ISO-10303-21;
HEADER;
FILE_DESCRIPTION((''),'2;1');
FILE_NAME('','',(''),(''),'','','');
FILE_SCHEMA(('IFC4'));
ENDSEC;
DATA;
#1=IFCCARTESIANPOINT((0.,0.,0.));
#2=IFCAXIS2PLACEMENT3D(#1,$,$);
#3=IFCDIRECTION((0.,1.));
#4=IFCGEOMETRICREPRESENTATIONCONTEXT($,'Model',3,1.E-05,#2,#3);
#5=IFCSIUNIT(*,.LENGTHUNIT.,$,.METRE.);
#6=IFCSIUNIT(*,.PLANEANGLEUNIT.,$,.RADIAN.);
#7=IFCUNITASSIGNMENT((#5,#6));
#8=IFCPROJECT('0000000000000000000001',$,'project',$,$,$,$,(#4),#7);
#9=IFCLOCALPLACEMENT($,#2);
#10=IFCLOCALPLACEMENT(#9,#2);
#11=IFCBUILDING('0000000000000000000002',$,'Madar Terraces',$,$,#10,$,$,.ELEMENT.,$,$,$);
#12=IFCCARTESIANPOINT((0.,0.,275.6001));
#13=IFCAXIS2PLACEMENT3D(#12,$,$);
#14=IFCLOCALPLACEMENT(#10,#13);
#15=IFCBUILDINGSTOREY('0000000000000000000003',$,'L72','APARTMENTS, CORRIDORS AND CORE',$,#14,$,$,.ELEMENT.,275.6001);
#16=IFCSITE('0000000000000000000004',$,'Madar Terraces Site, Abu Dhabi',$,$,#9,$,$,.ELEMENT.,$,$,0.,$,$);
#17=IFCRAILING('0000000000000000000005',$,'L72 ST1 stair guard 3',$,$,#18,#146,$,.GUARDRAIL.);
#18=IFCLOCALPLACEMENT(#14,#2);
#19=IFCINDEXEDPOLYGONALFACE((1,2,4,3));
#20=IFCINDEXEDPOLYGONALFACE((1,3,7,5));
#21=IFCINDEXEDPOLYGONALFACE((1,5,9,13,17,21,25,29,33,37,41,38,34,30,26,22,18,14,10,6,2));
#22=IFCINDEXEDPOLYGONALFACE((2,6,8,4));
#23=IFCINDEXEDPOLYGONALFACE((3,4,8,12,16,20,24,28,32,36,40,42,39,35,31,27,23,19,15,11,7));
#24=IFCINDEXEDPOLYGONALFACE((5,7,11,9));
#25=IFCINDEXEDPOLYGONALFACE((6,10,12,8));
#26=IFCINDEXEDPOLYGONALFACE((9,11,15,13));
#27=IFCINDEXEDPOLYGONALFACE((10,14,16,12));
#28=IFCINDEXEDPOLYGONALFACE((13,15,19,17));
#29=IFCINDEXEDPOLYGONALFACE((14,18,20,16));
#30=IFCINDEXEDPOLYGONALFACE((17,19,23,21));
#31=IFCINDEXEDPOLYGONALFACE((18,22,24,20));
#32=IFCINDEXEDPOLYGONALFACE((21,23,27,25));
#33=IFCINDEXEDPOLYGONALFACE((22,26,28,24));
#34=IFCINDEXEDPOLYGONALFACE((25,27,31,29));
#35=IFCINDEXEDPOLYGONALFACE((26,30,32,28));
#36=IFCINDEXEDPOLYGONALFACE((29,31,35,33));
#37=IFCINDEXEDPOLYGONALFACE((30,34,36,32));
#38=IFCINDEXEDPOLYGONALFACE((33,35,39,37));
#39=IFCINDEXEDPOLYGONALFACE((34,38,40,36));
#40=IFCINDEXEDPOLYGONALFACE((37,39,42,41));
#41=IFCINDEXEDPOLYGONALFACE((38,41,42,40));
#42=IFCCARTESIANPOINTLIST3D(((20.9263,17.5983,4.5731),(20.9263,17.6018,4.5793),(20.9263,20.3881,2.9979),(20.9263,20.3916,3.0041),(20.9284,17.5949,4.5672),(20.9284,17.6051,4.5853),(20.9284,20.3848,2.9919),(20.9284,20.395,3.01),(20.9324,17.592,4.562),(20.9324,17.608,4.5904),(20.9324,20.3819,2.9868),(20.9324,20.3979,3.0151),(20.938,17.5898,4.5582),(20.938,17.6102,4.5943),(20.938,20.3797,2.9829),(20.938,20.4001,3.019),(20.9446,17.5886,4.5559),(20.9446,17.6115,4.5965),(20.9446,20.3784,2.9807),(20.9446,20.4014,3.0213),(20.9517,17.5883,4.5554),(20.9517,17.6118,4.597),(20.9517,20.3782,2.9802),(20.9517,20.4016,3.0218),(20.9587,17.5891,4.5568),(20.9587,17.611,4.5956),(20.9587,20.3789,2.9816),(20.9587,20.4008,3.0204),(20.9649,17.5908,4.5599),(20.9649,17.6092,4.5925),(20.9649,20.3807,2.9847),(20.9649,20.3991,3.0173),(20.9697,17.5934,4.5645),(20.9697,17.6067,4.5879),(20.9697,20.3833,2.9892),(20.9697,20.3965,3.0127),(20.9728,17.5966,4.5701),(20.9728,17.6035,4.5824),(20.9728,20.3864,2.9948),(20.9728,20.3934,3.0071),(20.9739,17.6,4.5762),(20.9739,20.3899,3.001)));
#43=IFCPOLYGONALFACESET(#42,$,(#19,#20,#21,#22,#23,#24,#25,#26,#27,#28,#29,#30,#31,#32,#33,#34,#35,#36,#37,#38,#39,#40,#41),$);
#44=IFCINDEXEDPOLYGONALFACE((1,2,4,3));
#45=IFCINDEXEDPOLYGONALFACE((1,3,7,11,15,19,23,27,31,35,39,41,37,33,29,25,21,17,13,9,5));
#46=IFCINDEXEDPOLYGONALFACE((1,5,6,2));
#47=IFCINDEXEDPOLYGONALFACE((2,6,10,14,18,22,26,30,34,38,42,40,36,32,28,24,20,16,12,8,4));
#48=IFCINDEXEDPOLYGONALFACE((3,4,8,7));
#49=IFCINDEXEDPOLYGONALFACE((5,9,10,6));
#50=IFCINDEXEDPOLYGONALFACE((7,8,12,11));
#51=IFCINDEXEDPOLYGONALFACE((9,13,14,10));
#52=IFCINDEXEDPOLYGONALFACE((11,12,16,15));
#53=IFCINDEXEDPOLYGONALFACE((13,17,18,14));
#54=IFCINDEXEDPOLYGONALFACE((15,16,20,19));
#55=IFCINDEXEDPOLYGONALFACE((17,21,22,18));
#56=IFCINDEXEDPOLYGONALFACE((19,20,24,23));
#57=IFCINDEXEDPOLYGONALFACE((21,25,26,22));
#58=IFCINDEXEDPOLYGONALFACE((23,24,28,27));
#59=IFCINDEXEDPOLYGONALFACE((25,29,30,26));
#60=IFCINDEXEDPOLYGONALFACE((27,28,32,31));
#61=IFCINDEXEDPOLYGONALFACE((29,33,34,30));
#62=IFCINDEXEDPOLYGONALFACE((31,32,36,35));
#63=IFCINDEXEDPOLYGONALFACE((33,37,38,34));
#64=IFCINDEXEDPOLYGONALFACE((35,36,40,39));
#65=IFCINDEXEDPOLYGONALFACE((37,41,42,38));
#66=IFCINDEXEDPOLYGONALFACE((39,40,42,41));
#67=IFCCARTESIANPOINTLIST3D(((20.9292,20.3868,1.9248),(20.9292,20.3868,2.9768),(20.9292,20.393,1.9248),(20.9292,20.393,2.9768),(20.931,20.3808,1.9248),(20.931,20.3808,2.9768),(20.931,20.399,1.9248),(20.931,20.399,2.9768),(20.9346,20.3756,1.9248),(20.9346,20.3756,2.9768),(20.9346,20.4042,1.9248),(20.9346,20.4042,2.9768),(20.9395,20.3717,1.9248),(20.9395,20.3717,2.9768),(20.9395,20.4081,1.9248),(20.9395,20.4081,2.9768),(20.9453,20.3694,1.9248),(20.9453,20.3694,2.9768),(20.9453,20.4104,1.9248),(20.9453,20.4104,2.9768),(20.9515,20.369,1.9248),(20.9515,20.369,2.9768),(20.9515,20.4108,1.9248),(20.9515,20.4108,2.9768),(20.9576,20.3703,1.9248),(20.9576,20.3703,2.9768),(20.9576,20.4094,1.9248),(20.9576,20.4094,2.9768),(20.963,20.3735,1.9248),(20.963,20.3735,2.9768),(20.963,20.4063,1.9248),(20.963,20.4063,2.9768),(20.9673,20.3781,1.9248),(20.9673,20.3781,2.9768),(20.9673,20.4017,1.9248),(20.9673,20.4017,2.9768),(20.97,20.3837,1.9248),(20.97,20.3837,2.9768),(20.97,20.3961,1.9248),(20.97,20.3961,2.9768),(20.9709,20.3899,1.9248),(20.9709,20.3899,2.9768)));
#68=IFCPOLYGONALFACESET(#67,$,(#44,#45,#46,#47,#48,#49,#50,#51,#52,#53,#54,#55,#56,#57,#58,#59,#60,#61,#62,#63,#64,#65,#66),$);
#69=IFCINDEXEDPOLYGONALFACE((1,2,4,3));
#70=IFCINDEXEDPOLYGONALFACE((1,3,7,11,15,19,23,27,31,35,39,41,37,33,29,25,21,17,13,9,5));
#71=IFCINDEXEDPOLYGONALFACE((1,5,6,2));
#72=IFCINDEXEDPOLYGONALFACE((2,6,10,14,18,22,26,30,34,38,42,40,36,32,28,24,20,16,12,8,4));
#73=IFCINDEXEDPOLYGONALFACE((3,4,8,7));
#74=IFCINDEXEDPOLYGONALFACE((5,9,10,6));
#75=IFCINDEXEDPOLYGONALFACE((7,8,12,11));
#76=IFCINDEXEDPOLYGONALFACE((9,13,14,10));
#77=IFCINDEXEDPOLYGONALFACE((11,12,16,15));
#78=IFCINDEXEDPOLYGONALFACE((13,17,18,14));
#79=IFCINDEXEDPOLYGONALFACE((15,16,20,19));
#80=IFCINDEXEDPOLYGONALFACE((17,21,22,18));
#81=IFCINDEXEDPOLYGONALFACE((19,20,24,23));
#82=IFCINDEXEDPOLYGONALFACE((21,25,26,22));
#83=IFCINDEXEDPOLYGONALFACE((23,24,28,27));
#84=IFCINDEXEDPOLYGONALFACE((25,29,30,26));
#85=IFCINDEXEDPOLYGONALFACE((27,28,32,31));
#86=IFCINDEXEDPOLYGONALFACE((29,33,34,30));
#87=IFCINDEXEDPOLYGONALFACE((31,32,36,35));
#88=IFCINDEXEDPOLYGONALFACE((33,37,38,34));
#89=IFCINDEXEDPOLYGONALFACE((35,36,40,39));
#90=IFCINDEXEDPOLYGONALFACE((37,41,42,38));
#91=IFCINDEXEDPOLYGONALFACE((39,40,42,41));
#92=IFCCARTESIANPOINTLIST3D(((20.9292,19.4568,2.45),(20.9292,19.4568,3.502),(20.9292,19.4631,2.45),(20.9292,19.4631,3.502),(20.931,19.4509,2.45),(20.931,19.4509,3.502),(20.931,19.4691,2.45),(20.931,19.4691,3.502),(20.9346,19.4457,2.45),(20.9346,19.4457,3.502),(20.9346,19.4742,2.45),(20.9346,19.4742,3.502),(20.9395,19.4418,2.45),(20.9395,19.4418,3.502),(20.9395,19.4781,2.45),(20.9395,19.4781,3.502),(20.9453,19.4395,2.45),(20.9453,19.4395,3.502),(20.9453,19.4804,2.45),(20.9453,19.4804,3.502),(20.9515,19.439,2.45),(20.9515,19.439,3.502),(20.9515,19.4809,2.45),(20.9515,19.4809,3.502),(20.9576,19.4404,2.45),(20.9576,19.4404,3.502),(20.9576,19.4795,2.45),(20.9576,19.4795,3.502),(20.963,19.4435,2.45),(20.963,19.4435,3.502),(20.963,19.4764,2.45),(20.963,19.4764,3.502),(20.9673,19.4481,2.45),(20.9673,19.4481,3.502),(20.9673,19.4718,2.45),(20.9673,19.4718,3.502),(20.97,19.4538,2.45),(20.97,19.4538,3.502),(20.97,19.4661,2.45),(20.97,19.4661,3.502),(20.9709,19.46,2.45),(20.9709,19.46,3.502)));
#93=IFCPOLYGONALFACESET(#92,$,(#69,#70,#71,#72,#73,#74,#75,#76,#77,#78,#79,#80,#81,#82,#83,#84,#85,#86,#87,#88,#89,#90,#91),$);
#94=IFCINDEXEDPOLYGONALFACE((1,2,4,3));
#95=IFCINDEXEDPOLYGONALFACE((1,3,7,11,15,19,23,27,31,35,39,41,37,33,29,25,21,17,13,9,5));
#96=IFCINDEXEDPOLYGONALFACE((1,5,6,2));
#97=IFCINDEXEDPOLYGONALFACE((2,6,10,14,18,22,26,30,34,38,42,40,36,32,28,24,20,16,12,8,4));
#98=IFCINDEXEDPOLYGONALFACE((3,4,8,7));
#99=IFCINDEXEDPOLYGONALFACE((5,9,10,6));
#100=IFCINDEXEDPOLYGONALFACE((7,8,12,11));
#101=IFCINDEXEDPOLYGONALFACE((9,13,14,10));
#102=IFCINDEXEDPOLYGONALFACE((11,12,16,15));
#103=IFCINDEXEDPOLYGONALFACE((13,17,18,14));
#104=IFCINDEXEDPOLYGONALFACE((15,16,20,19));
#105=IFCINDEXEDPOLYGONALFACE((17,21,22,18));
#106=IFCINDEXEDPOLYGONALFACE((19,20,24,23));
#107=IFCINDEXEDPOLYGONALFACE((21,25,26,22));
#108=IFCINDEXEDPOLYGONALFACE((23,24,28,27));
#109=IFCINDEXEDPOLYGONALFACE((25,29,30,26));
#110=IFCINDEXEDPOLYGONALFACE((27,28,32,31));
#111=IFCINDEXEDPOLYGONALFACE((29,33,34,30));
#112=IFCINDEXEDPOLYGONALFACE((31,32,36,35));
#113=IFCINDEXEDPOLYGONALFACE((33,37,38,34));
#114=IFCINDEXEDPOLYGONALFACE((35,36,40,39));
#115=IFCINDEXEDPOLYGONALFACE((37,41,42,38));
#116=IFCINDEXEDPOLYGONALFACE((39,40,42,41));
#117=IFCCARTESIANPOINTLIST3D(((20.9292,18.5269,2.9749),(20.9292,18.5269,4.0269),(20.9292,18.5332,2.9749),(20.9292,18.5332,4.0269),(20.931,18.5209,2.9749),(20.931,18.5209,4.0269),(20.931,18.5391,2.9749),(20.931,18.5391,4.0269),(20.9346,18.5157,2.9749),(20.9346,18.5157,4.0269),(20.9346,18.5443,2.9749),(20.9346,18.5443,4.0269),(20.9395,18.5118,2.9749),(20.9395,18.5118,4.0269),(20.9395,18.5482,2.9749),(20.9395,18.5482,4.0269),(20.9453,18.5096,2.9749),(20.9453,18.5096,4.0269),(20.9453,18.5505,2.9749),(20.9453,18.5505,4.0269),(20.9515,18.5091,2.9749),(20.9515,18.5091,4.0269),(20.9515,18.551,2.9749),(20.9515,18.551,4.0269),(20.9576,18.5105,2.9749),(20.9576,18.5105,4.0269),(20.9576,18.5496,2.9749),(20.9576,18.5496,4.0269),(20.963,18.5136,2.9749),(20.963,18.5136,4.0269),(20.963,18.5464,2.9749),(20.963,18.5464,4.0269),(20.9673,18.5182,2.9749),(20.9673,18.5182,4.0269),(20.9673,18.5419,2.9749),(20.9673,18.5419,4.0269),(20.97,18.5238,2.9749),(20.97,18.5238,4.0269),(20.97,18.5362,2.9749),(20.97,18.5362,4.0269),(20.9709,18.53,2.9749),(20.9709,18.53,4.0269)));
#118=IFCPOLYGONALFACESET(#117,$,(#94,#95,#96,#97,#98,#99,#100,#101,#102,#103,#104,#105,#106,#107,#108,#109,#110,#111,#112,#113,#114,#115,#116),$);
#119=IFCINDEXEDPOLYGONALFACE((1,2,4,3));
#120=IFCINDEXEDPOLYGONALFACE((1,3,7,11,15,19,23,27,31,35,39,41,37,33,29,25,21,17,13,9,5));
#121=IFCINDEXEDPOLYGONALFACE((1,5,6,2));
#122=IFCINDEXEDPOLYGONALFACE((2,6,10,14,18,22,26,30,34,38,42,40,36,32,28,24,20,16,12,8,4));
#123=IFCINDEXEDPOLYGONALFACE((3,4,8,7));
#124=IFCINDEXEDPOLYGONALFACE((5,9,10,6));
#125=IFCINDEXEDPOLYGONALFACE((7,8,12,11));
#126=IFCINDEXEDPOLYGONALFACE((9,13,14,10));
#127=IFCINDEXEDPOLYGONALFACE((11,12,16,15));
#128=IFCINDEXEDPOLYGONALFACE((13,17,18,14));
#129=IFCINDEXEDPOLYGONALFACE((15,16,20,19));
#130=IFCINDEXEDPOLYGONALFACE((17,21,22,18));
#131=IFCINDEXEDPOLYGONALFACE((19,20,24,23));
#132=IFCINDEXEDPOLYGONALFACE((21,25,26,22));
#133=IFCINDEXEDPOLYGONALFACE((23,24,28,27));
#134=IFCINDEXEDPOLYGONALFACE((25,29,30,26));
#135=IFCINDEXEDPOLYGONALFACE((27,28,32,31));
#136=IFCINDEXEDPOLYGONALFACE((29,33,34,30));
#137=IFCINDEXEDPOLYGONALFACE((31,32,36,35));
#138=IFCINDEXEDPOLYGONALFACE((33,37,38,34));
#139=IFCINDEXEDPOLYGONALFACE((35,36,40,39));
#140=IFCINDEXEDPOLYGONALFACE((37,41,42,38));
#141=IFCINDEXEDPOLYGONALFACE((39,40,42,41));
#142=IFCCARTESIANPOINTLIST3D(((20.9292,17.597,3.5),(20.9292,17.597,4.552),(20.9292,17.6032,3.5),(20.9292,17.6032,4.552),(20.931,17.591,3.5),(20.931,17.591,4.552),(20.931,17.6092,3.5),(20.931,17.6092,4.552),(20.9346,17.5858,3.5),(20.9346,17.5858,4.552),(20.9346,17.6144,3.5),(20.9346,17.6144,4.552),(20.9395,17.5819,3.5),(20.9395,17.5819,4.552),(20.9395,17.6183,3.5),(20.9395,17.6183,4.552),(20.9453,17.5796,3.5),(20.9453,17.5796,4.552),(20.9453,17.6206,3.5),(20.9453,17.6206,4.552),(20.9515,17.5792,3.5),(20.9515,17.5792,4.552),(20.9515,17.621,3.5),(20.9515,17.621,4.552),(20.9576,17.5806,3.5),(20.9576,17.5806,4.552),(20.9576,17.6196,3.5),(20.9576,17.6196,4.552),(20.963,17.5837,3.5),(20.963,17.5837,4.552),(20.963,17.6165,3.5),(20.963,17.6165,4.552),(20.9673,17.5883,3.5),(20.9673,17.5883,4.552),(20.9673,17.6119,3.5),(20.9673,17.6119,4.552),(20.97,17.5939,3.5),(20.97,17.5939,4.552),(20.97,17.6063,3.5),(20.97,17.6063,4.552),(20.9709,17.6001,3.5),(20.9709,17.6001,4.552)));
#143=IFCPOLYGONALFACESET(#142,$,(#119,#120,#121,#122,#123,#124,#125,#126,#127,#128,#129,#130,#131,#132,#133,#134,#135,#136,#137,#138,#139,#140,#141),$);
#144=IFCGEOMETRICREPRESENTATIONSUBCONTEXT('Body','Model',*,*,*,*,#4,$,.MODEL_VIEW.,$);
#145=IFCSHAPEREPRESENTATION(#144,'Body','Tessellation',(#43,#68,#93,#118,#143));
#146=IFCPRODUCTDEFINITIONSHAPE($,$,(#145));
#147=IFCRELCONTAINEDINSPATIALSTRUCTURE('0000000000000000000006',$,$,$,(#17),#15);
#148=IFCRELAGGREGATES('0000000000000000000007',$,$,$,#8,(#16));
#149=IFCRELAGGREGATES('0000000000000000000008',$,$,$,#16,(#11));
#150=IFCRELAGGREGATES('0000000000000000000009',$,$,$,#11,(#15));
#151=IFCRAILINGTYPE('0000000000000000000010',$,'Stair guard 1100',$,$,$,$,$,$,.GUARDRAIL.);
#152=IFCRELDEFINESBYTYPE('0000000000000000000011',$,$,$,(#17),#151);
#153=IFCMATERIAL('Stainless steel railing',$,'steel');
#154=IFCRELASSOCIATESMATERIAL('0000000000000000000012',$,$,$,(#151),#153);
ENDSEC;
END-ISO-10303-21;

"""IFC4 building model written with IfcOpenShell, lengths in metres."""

from ifc_helpers import new_model, si_unit, direction, frame, origin, origin_2d, place, context, subcontext, project, spatial, circle, extrude, material, type_object, element, save


model = new_model("IFC4")

# Units and contexts
model_context = context("Model", 3, precision=1e-05, world=origin(), true_north=direction((0.0, 1.0)))
body_context = subcontext(model_context, "Body", "Model", "MODEL_VIEW")
ifc_project = project(units=[si_unit("LENGTHUNIT", "METRE"), si_unit("PLANEANGLEUNIT", "RADIAN")], contexts=[model_context])

# Site, building, storey
site_placement = place(None, origin())
site = spatial("IfcSite", under=ifc_project, at=site_placement, Name="Madar Terraces Site, Abu Dhabi", CompositionType="ELEMENT", RefElevation=0.0)
building_placement = place(site_placement, origin())
building = spatial("IfcBuilding", under=site, at=building_placement, Name="Madar Terraces", CompositionType="ELEMENT")
storey_placement = place(building_placement, frame((0.0, 0.0, 275.6001)))
storey = spatial("IfcBuildingStorey", under=building, at=storey_placement, Name="L72", Description="APARTMENTS, CORRIDORS AND CORE", CompositionType="ELEMENT", Elevation=275.6001)

# Railing
ifc_material_1 = material(Name="Stainless steel railing", Category="steel")
railing_type_1 = type_object("IfcRailingType", Name="Stair guard 1100", PredefinedType="GUARDRAIL", material=ifc_material_1)
railing_1_placement = place(storey_placement, frame((20.95, 20.3899, 1.9248)))
element("IfcRailing", 1, at=railing_1_placement, inside=storey, type_object=railing_type_1, Name="L72 ST1 stair guard 3", PredefinedType="GUARDRAIL", context=body_context, shape_type="SweptSolid", body=[
    extrude(circle(Radius=0.0239, at=origin_2d()), frame((0.0, 0.0, 1.0762), z_axis=(0.0, -0.870783, 0.491668), x_axis=(1.0, 0.0, 0.0)), (0.0, 0.0, 1.0), 3.2039),
    extrude(circle(Radius=0.021, at=origin_2d()), origin(), (0.0, 0.0, 1.0), 1.052),
    extrude(circle(Radius=0.021, at=origin_2d()), frame((0.0, -0.9299, 0.5251)), (0.0, 0.0, 1.0), 1.052),
    extrude(circle(Radius=0.021, at=origin_2d()), frame((0.0, -1.8599, 1.05)), (0.0, 0.0, 1.0), 1.052),
    extrude(circle(Radius=0.021, at=origin_2d()), frame((0.0, -2.7898, 1.5752)), (0.0, 0.0, 1.0), 1.052),
])

save(model, "model.ifc")
